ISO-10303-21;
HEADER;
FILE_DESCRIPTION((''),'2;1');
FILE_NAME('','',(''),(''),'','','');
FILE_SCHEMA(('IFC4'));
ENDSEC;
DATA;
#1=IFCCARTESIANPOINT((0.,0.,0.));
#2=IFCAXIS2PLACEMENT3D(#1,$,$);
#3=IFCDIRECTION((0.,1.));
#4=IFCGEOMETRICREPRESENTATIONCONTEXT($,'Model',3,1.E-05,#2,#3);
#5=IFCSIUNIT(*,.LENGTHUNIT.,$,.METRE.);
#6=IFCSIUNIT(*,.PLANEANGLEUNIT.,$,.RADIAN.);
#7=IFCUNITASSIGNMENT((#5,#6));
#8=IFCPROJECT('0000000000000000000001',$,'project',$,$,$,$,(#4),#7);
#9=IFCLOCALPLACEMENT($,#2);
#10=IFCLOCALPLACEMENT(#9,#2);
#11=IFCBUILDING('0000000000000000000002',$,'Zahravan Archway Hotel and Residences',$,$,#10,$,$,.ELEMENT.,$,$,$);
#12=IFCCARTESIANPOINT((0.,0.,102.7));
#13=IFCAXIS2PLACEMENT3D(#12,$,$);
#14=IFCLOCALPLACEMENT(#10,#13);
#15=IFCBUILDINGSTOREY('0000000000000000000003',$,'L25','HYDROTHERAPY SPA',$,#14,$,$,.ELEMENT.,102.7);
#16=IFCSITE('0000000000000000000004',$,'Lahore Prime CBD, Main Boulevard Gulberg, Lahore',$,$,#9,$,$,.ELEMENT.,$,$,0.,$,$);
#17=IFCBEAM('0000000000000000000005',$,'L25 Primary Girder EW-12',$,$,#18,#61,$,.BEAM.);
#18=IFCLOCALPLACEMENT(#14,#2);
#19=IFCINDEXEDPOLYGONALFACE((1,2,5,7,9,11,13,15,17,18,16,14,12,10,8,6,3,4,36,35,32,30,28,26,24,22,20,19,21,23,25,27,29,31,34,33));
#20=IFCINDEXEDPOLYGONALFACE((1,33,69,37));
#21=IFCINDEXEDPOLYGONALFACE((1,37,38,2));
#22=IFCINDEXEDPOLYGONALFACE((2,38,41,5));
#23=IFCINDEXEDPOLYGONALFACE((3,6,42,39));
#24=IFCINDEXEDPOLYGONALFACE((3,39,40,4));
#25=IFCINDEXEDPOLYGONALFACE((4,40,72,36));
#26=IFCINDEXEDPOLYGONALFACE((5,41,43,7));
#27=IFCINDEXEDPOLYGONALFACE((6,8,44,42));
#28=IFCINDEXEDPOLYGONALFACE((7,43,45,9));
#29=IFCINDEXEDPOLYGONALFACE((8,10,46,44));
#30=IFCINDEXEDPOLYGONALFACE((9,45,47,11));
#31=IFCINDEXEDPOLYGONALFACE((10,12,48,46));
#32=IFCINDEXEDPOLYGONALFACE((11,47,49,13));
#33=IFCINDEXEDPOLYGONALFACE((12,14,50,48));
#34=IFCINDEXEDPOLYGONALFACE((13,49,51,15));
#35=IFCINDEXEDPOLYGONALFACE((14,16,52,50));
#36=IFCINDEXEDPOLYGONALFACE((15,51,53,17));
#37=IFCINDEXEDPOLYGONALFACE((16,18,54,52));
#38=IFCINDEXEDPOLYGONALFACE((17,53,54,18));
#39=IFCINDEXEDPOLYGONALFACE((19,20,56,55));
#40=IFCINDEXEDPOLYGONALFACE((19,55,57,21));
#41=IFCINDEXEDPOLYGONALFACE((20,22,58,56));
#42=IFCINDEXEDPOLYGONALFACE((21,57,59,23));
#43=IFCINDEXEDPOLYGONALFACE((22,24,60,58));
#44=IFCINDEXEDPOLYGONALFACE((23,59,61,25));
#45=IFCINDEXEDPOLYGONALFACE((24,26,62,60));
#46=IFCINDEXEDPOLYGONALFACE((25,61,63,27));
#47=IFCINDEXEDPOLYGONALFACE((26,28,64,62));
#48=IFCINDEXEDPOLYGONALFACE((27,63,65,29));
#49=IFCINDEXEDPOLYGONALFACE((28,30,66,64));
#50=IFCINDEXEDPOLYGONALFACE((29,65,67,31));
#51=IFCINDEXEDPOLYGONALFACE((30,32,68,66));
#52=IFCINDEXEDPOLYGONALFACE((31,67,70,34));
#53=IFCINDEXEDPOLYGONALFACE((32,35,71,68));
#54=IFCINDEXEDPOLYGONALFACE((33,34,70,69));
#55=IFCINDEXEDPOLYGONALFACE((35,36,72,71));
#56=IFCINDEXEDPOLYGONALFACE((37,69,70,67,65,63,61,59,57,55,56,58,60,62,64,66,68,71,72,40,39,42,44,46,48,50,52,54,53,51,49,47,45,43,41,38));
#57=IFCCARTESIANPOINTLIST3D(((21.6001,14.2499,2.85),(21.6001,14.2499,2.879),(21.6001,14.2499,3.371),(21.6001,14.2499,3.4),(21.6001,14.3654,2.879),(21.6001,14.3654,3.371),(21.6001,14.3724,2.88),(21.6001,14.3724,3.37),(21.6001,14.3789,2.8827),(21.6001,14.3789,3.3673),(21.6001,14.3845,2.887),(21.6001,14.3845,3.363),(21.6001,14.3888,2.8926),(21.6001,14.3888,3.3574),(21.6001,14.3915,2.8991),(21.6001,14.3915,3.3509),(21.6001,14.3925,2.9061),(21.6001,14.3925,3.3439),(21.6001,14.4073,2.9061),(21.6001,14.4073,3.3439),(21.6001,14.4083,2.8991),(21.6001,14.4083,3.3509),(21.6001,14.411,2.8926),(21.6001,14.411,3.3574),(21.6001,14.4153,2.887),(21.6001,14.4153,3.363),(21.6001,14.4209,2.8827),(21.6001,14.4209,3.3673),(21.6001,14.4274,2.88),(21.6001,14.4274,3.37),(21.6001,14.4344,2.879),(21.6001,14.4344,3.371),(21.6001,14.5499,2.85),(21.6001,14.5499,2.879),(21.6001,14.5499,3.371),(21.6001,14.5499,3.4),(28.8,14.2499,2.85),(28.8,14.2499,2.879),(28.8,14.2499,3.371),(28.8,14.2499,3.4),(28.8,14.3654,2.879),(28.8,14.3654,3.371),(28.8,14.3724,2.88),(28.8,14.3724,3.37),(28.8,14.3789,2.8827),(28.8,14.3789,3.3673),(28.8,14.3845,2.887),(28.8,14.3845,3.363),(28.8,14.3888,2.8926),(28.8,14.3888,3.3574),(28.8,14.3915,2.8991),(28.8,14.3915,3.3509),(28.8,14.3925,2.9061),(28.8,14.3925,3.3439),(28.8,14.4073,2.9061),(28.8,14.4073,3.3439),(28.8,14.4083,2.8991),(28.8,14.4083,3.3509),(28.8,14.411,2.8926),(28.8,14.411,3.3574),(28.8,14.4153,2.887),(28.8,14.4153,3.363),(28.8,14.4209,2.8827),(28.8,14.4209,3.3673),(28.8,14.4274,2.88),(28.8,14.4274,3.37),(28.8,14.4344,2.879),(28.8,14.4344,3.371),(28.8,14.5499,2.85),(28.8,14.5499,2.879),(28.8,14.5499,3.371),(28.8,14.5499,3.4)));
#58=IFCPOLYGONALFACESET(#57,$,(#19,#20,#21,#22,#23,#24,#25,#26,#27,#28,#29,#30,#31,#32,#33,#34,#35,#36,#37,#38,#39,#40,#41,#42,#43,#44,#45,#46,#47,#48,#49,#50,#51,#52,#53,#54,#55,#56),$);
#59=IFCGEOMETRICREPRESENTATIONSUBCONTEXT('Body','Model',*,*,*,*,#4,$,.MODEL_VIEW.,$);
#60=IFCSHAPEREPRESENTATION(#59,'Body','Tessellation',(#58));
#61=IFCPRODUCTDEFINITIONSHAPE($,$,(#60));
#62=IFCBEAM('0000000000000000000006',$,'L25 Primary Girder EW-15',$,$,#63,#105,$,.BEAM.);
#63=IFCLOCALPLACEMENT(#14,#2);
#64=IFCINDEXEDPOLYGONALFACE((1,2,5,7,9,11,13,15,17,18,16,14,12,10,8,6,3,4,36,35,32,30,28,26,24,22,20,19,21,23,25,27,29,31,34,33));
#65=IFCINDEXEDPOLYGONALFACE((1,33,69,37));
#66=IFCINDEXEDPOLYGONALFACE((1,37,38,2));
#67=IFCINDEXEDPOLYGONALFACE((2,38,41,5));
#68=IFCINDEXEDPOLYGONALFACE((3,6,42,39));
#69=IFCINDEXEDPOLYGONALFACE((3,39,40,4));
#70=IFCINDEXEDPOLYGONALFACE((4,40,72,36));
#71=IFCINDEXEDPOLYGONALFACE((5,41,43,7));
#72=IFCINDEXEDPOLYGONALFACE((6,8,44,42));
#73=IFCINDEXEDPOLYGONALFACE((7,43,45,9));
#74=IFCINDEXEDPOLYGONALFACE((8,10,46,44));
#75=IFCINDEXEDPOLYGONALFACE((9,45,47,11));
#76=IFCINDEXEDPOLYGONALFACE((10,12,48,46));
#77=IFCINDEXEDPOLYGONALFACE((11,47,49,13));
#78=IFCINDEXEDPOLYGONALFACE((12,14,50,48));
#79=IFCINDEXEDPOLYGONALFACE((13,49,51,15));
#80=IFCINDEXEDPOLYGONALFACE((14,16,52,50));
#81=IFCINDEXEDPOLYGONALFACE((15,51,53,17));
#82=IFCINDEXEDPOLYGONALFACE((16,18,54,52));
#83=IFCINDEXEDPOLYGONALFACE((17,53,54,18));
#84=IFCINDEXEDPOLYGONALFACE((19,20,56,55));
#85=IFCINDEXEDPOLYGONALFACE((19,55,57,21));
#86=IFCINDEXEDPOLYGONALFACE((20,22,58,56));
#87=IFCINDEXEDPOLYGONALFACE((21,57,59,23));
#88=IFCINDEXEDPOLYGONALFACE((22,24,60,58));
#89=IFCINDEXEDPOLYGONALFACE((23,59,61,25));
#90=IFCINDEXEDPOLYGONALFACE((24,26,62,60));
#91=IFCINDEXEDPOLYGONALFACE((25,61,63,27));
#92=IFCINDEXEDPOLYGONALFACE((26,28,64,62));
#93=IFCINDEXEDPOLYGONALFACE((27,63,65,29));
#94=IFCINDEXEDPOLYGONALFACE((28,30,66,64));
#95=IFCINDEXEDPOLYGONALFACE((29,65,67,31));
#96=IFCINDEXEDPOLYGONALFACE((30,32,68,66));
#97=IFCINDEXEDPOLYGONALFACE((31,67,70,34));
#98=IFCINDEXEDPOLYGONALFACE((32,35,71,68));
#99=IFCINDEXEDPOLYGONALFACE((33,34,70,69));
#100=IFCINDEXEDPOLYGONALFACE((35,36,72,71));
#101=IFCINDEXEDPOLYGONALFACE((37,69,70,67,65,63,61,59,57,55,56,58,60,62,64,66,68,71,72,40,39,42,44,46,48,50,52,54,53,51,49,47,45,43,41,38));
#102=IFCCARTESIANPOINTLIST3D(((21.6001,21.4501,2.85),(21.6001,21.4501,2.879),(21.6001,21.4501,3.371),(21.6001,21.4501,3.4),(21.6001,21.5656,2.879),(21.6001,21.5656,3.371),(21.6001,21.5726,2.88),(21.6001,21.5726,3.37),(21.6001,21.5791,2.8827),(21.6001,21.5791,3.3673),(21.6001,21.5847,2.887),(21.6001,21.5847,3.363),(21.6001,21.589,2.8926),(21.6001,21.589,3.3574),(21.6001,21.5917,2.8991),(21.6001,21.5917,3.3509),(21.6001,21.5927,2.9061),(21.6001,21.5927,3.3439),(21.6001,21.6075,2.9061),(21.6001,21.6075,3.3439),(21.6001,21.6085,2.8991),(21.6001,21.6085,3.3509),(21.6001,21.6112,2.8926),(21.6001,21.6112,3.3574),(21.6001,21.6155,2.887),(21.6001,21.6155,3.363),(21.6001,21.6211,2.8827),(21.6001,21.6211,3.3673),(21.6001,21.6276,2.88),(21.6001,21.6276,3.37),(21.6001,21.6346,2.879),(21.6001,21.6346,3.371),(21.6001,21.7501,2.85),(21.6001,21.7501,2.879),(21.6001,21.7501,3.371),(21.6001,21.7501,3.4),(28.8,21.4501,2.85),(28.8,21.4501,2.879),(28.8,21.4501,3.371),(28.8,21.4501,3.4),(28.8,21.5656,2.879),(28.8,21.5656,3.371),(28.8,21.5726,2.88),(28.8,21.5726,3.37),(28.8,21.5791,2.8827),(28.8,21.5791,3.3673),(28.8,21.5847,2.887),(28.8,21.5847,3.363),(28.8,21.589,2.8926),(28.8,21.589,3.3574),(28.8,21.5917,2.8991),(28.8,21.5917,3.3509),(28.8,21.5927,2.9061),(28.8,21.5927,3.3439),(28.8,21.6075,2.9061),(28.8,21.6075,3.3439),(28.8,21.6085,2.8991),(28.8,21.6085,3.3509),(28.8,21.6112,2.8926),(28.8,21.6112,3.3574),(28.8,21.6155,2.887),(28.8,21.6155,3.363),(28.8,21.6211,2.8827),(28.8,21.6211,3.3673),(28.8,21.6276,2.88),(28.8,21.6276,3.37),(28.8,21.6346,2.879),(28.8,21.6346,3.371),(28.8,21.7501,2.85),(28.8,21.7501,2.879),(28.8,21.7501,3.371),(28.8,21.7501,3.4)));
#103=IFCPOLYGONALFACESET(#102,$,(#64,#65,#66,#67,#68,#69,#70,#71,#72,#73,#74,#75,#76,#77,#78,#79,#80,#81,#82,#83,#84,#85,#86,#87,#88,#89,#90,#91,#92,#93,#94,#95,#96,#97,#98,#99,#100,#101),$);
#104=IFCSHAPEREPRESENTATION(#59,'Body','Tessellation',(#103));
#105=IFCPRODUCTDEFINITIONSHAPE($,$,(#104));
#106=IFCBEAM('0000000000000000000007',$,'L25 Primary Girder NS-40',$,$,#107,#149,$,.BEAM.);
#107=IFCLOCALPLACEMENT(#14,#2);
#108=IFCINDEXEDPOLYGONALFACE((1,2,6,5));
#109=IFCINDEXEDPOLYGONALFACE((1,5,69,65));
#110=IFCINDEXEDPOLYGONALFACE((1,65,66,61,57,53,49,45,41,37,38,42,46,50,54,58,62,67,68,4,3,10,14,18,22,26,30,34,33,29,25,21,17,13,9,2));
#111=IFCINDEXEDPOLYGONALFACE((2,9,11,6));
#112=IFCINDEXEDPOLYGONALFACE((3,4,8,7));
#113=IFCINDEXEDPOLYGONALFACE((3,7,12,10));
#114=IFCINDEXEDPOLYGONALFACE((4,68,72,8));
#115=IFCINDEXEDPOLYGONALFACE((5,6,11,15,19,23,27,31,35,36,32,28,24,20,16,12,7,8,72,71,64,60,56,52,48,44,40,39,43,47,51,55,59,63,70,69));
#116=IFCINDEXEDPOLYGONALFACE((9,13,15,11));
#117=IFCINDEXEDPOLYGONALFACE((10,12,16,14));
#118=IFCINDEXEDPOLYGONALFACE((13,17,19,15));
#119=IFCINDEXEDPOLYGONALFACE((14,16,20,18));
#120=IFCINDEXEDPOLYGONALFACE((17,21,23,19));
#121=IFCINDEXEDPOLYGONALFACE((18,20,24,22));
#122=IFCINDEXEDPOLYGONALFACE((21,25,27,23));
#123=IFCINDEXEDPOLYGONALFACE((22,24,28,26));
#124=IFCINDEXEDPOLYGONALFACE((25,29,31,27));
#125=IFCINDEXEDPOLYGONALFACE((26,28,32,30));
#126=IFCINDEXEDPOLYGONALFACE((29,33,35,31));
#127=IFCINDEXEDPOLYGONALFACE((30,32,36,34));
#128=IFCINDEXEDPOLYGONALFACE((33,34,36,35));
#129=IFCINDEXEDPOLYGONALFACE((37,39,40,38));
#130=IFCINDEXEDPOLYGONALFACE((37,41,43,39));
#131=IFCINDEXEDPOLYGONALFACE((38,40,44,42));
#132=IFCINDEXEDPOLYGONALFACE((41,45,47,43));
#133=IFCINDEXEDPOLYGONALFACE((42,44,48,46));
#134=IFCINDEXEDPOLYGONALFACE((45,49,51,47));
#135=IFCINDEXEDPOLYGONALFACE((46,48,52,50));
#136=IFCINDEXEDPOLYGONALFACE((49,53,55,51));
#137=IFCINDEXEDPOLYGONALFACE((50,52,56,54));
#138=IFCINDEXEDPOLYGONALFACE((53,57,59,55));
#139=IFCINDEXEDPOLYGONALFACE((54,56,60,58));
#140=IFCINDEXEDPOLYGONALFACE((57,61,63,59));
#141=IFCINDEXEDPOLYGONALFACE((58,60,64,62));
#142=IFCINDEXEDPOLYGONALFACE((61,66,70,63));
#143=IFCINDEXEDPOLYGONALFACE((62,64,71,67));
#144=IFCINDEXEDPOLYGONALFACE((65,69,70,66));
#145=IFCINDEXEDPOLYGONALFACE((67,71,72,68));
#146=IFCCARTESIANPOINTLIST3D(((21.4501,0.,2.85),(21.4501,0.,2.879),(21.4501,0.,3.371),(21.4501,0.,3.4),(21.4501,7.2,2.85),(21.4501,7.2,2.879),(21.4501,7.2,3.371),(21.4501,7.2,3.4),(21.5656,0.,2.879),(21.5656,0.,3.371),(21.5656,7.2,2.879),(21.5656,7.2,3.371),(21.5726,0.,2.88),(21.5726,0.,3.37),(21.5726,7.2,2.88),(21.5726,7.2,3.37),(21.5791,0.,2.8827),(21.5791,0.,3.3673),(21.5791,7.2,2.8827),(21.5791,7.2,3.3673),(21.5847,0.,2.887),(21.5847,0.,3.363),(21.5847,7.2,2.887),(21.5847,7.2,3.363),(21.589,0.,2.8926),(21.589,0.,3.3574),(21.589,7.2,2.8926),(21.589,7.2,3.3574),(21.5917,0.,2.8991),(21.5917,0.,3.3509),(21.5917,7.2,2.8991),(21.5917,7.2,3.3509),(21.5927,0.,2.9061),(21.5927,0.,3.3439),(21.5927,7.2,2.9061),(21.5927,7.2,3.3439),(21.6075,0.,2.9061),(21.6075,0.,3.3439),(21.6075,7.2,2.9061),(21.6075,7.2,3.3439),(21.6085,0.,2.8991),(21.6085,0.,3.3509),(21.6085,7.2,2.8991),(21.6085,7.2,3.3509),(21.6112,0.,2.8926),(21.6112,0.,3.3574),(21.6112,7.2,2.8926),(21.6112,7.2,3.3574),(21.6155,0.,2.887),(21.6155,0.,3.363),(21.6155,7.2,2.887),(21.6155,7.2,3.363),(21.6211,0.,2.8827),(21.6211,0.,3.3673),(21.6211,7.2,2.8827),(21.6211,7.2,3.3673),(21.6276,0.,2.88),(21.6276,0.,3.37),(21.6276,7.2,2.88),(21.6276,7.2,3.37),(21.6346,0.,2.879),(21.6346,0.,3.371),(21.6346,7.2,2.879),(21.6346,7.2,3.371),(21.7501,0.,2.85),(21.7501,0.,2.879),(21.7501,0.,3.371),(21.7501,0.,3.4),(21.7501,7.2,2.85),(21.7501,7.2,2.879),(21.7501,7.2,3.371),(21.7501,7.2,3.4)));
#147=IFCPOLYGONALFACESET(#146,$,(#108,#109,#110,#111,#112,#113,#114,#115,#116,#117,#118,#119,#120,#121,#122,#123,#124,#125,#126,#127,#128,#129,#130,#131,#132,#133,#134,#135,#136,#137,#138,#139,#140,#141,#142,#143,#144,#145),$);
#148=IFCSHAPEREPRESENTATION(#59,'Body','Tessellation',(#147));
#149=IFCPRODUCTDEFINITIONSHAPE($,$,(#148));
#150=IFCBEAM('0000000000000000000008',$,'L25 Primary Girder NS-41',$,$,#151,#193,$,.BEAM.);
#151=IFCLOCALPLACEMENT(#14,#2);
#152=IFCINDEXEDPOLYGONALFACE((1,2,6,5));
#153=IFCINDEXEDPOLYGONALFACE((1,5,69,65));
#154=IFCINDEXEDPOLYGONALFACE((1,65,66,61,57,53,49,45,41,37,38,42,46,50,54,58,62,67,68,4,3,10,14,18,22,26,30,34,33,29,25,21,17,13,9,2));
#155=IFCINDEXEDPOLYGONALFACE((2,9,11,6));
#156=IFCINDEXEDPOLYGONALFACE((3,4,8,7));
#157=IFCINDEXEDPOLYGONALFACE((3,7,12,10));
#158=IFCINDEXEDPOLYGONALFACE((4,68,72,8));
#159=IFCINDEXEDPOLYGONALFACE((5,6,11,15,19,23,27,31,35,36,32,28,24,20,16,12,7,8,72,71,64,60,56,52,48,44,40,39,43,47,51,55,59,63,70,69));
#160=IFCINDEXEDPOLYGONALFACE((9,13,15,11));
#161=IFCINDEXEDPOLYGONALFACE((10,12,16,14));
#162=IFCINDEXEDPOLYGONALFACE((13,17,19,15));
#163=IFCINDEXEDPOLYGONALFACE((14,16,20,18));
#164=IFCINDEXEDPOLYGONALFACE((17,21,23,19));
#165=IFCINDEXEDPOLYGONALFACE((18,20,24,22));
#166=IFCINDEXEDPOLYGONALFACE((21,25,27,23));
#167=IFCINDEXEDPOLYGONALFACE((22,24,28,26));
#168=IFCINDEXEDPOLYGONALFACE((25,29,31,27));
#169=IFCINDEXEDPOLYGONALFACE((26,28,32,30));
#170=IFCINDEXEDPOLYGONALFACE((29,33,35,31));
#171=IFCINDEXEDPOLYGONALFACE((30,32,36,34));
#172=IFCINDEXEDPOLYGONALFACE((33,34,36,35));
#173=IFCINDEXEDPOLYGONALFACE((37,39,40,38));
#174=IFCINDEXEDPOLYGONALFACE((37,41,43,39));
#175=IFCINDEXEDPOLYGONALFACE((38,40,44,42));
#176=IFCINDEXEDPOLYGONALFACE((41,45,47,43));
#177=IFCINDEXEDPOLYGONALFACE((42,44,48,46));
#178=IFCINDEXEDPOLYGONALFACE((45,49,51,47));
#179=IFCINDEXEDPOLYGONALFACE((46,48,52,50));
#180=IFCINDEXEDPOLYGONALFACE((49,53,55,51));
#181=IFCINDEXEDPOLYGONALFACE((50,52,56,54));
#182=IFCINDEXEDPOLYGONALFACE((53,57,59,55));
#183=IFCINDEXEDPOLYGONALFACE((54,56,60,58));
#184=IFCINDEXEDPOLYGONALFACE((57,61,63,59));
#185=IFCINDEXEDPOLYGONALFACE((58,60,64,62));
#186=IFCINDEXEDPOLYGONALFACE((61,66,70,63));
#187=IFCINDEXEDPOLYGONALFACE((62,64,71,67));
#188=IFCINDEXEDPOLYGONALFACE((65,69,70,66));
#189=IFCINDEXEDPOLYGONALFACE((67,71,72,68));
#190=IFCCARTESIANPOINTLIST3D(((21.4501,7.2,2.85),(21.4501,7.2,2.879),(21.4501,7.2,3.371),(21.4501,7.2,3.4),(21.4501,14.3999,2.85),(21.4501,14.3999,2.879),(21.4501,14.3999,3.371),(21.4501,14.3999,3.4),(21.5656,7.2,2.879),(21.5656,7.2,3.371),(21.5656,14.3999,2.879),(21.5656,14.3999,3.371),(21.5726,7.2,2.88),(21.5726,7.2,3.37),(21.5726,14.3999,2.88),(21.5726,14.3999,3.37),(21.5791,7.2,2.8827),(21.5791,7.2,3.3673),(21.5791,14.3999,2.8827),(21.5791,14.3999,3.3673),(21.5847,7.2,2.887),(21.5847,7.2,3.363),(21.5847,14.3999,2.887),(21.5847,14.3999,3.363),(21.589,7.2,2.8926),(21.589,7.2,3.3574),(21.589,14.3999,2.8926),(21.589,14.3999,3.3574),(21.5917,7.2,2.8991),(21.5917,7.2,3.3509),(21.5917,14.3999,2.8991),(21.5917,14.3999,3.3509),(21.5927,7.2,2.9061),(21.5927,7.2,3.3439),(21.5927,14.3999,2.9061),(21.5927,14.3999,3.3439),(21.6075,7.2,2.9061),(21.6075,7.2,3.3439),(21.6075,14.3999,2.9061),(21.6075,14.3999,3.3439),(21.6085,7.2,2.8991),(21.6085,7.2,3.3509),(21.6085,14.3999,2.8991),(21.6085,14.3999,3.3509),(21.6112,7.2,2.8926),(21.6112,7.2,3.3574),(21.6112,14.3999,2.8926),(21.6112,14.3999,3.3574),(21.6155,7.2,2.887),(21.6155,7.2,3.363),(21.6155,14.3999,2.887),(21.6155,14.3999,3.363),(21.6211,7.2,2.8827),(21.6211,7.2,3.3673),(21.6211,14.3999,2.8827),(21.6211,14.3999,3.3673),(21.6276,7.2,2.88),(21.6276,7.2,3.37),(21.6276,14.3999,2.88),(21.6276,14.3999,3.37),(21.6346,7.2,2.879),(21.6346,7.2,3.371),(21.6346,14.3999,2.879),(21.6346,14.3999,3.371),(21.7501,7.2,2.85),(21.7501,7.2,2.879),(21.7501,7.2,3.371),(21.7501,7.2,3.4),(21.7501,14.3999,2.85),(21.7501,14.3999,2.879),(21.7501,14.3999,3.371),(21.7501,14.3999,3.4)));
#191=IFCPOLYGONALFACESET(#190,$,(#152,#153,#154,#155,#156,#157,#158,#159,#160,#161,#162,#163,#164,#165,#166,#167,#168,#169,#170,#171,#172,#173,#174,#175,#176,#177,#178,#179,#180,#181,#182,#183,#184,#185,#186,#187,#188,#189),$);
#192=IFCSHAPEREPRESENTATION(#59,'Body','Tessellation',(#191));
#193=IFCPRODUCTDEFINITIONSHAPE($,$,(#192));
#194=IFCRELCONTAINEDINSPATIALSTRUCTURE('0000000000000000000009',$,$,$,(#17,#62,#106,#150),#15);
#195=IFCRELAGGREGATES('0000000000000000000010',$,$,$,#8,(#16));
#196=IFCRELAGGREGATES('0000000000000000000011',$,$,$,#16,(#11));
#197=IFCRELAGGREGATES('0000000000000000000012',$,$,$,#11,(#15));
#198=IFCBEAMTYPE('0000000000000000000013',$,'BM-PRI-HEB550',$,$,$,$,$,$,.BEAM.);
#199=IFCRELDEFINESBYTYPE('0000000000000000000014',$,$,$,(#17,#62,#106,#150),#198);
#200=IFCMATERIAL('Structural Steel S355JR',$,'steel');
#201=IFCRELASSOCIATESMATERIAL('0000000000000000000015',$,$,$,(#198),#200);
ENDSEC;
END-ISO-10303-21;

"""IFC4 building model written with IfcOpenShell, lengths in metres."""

from ifc_helpers import new_model, si_unit, direction, frame, origin, origin_2d, place, context, subcontext, project, spatial, i_section, extrude, source, transform, mapped, material, material_profile, profile_set, type_object, element, save


model = new_model("IFC4")

# Units and contexts
model_context = context("Model", 3, precision=1e-05, world=origin(), true_north=direction((0.0, 1.0)))
body_context = subcontext(model_context, "Body", "Model", "MODEL_VIEW")
ifc_project = project(units=[si_unit("LENGTHUNIT", "METRE"), si_unit("PLANEANGLEUNIT", "RADIAN")], contexts=[model_context])

# Site, building, storey
site_placement = place(None, origin())
site = spatial("IfcSite", under=ifc_project, at=site_placement, Name="Lahore Prime CBD, Main Boulevard Gulberg, Lahore", CompositionType="ELEMENT", RefElevation=0.0)
building_placement = place(site_placement, origin())
building = spatial("IfcBuilding", under=site, at=building_placement, Name="Zahravan Archway Hotel and Residences", CompositionType="ELEMENT")
storey_placement = place(building_placement, frame((0.0, 0.0, 102.7)))
storey = spatial("IfcBuildingStorey", under=building, at=storey_placement, Name="L25", Description="HYDROTHERAPY SPA", CompositionType="ELEMENT", Elevation=102.7)

# Beams
ifc_material_1 = material(Name="Structural Steel S355JR", Category="steel")
ifc_material_profile_1 = material_profile(ifc_material_1, i_section(OverallWidth=0.3, OverallDepth=0.55, WebThickness=0.0149, FlangeThickness=0.0291, FilletRadius=0.0271, at=origin_2d()), Name="HEB 550", Category="steel")
ifc_profile_set_1 = profile_set([ifc_material_profile_1], Name="Structural Steel S355JR")
beam_type_1 = type_object("IfcBeamType", Name="BM-PRI-HEB550", PredefinedType="BEAM", material=ifc_profile_set_1)
shared_shape_1 = source(origin(), body_context, "Body", "SweptSolid", [
    extrude(i_section(OverallWidth=0.3, OverallDepth=0.55, WebThickness=0.0149, FlangeThickness=0.0291, FilletRadius=0.0271, at=origin_2d()), origin(), (0.0, 0.0, 1.0), 7.2),
])
for number, where, z_axis, x_axis, name in (
    (1, (21.6001, 14.3999, 3.125), (1.0, 0.0, 0.0), (0.0, 1.0, 0.0), "L25 Primary Girder EW-12"),
    (2, (21.6001, 21.6001, 3.125), (1.0, 0.0, 0.0), (0.0, 1.0, 0.0), "L25 Primary Girder EW-15"),
    (3, (21.6001, 0.0, 3.125), (0.0, 1.0, 0.0), (-1.0, 0.0, 0.0), "L25 Primary Girder NS-40"),
    (4, (21.6001, 7.2, 3.125), (0.0, 1.0, 0.0), (-1.0, 0.0, 0.0), "L25 Primary Girder NS-41"),
):
    element("IfcBeam", number, at=place(storey_placement, frame(where, z_axis=z_axis, x_axis=x_axis)), inside=storey, type_object=beam_type_1, Name=name, PredefinedType="BEAM", context=body_context, shape_type="MappedRepresentation", body=[
        mapped(shared_shape_1, transform((0.0, 0.0, 0.0), scale=1.0)),
    ])

save(model, "model.ifc")
